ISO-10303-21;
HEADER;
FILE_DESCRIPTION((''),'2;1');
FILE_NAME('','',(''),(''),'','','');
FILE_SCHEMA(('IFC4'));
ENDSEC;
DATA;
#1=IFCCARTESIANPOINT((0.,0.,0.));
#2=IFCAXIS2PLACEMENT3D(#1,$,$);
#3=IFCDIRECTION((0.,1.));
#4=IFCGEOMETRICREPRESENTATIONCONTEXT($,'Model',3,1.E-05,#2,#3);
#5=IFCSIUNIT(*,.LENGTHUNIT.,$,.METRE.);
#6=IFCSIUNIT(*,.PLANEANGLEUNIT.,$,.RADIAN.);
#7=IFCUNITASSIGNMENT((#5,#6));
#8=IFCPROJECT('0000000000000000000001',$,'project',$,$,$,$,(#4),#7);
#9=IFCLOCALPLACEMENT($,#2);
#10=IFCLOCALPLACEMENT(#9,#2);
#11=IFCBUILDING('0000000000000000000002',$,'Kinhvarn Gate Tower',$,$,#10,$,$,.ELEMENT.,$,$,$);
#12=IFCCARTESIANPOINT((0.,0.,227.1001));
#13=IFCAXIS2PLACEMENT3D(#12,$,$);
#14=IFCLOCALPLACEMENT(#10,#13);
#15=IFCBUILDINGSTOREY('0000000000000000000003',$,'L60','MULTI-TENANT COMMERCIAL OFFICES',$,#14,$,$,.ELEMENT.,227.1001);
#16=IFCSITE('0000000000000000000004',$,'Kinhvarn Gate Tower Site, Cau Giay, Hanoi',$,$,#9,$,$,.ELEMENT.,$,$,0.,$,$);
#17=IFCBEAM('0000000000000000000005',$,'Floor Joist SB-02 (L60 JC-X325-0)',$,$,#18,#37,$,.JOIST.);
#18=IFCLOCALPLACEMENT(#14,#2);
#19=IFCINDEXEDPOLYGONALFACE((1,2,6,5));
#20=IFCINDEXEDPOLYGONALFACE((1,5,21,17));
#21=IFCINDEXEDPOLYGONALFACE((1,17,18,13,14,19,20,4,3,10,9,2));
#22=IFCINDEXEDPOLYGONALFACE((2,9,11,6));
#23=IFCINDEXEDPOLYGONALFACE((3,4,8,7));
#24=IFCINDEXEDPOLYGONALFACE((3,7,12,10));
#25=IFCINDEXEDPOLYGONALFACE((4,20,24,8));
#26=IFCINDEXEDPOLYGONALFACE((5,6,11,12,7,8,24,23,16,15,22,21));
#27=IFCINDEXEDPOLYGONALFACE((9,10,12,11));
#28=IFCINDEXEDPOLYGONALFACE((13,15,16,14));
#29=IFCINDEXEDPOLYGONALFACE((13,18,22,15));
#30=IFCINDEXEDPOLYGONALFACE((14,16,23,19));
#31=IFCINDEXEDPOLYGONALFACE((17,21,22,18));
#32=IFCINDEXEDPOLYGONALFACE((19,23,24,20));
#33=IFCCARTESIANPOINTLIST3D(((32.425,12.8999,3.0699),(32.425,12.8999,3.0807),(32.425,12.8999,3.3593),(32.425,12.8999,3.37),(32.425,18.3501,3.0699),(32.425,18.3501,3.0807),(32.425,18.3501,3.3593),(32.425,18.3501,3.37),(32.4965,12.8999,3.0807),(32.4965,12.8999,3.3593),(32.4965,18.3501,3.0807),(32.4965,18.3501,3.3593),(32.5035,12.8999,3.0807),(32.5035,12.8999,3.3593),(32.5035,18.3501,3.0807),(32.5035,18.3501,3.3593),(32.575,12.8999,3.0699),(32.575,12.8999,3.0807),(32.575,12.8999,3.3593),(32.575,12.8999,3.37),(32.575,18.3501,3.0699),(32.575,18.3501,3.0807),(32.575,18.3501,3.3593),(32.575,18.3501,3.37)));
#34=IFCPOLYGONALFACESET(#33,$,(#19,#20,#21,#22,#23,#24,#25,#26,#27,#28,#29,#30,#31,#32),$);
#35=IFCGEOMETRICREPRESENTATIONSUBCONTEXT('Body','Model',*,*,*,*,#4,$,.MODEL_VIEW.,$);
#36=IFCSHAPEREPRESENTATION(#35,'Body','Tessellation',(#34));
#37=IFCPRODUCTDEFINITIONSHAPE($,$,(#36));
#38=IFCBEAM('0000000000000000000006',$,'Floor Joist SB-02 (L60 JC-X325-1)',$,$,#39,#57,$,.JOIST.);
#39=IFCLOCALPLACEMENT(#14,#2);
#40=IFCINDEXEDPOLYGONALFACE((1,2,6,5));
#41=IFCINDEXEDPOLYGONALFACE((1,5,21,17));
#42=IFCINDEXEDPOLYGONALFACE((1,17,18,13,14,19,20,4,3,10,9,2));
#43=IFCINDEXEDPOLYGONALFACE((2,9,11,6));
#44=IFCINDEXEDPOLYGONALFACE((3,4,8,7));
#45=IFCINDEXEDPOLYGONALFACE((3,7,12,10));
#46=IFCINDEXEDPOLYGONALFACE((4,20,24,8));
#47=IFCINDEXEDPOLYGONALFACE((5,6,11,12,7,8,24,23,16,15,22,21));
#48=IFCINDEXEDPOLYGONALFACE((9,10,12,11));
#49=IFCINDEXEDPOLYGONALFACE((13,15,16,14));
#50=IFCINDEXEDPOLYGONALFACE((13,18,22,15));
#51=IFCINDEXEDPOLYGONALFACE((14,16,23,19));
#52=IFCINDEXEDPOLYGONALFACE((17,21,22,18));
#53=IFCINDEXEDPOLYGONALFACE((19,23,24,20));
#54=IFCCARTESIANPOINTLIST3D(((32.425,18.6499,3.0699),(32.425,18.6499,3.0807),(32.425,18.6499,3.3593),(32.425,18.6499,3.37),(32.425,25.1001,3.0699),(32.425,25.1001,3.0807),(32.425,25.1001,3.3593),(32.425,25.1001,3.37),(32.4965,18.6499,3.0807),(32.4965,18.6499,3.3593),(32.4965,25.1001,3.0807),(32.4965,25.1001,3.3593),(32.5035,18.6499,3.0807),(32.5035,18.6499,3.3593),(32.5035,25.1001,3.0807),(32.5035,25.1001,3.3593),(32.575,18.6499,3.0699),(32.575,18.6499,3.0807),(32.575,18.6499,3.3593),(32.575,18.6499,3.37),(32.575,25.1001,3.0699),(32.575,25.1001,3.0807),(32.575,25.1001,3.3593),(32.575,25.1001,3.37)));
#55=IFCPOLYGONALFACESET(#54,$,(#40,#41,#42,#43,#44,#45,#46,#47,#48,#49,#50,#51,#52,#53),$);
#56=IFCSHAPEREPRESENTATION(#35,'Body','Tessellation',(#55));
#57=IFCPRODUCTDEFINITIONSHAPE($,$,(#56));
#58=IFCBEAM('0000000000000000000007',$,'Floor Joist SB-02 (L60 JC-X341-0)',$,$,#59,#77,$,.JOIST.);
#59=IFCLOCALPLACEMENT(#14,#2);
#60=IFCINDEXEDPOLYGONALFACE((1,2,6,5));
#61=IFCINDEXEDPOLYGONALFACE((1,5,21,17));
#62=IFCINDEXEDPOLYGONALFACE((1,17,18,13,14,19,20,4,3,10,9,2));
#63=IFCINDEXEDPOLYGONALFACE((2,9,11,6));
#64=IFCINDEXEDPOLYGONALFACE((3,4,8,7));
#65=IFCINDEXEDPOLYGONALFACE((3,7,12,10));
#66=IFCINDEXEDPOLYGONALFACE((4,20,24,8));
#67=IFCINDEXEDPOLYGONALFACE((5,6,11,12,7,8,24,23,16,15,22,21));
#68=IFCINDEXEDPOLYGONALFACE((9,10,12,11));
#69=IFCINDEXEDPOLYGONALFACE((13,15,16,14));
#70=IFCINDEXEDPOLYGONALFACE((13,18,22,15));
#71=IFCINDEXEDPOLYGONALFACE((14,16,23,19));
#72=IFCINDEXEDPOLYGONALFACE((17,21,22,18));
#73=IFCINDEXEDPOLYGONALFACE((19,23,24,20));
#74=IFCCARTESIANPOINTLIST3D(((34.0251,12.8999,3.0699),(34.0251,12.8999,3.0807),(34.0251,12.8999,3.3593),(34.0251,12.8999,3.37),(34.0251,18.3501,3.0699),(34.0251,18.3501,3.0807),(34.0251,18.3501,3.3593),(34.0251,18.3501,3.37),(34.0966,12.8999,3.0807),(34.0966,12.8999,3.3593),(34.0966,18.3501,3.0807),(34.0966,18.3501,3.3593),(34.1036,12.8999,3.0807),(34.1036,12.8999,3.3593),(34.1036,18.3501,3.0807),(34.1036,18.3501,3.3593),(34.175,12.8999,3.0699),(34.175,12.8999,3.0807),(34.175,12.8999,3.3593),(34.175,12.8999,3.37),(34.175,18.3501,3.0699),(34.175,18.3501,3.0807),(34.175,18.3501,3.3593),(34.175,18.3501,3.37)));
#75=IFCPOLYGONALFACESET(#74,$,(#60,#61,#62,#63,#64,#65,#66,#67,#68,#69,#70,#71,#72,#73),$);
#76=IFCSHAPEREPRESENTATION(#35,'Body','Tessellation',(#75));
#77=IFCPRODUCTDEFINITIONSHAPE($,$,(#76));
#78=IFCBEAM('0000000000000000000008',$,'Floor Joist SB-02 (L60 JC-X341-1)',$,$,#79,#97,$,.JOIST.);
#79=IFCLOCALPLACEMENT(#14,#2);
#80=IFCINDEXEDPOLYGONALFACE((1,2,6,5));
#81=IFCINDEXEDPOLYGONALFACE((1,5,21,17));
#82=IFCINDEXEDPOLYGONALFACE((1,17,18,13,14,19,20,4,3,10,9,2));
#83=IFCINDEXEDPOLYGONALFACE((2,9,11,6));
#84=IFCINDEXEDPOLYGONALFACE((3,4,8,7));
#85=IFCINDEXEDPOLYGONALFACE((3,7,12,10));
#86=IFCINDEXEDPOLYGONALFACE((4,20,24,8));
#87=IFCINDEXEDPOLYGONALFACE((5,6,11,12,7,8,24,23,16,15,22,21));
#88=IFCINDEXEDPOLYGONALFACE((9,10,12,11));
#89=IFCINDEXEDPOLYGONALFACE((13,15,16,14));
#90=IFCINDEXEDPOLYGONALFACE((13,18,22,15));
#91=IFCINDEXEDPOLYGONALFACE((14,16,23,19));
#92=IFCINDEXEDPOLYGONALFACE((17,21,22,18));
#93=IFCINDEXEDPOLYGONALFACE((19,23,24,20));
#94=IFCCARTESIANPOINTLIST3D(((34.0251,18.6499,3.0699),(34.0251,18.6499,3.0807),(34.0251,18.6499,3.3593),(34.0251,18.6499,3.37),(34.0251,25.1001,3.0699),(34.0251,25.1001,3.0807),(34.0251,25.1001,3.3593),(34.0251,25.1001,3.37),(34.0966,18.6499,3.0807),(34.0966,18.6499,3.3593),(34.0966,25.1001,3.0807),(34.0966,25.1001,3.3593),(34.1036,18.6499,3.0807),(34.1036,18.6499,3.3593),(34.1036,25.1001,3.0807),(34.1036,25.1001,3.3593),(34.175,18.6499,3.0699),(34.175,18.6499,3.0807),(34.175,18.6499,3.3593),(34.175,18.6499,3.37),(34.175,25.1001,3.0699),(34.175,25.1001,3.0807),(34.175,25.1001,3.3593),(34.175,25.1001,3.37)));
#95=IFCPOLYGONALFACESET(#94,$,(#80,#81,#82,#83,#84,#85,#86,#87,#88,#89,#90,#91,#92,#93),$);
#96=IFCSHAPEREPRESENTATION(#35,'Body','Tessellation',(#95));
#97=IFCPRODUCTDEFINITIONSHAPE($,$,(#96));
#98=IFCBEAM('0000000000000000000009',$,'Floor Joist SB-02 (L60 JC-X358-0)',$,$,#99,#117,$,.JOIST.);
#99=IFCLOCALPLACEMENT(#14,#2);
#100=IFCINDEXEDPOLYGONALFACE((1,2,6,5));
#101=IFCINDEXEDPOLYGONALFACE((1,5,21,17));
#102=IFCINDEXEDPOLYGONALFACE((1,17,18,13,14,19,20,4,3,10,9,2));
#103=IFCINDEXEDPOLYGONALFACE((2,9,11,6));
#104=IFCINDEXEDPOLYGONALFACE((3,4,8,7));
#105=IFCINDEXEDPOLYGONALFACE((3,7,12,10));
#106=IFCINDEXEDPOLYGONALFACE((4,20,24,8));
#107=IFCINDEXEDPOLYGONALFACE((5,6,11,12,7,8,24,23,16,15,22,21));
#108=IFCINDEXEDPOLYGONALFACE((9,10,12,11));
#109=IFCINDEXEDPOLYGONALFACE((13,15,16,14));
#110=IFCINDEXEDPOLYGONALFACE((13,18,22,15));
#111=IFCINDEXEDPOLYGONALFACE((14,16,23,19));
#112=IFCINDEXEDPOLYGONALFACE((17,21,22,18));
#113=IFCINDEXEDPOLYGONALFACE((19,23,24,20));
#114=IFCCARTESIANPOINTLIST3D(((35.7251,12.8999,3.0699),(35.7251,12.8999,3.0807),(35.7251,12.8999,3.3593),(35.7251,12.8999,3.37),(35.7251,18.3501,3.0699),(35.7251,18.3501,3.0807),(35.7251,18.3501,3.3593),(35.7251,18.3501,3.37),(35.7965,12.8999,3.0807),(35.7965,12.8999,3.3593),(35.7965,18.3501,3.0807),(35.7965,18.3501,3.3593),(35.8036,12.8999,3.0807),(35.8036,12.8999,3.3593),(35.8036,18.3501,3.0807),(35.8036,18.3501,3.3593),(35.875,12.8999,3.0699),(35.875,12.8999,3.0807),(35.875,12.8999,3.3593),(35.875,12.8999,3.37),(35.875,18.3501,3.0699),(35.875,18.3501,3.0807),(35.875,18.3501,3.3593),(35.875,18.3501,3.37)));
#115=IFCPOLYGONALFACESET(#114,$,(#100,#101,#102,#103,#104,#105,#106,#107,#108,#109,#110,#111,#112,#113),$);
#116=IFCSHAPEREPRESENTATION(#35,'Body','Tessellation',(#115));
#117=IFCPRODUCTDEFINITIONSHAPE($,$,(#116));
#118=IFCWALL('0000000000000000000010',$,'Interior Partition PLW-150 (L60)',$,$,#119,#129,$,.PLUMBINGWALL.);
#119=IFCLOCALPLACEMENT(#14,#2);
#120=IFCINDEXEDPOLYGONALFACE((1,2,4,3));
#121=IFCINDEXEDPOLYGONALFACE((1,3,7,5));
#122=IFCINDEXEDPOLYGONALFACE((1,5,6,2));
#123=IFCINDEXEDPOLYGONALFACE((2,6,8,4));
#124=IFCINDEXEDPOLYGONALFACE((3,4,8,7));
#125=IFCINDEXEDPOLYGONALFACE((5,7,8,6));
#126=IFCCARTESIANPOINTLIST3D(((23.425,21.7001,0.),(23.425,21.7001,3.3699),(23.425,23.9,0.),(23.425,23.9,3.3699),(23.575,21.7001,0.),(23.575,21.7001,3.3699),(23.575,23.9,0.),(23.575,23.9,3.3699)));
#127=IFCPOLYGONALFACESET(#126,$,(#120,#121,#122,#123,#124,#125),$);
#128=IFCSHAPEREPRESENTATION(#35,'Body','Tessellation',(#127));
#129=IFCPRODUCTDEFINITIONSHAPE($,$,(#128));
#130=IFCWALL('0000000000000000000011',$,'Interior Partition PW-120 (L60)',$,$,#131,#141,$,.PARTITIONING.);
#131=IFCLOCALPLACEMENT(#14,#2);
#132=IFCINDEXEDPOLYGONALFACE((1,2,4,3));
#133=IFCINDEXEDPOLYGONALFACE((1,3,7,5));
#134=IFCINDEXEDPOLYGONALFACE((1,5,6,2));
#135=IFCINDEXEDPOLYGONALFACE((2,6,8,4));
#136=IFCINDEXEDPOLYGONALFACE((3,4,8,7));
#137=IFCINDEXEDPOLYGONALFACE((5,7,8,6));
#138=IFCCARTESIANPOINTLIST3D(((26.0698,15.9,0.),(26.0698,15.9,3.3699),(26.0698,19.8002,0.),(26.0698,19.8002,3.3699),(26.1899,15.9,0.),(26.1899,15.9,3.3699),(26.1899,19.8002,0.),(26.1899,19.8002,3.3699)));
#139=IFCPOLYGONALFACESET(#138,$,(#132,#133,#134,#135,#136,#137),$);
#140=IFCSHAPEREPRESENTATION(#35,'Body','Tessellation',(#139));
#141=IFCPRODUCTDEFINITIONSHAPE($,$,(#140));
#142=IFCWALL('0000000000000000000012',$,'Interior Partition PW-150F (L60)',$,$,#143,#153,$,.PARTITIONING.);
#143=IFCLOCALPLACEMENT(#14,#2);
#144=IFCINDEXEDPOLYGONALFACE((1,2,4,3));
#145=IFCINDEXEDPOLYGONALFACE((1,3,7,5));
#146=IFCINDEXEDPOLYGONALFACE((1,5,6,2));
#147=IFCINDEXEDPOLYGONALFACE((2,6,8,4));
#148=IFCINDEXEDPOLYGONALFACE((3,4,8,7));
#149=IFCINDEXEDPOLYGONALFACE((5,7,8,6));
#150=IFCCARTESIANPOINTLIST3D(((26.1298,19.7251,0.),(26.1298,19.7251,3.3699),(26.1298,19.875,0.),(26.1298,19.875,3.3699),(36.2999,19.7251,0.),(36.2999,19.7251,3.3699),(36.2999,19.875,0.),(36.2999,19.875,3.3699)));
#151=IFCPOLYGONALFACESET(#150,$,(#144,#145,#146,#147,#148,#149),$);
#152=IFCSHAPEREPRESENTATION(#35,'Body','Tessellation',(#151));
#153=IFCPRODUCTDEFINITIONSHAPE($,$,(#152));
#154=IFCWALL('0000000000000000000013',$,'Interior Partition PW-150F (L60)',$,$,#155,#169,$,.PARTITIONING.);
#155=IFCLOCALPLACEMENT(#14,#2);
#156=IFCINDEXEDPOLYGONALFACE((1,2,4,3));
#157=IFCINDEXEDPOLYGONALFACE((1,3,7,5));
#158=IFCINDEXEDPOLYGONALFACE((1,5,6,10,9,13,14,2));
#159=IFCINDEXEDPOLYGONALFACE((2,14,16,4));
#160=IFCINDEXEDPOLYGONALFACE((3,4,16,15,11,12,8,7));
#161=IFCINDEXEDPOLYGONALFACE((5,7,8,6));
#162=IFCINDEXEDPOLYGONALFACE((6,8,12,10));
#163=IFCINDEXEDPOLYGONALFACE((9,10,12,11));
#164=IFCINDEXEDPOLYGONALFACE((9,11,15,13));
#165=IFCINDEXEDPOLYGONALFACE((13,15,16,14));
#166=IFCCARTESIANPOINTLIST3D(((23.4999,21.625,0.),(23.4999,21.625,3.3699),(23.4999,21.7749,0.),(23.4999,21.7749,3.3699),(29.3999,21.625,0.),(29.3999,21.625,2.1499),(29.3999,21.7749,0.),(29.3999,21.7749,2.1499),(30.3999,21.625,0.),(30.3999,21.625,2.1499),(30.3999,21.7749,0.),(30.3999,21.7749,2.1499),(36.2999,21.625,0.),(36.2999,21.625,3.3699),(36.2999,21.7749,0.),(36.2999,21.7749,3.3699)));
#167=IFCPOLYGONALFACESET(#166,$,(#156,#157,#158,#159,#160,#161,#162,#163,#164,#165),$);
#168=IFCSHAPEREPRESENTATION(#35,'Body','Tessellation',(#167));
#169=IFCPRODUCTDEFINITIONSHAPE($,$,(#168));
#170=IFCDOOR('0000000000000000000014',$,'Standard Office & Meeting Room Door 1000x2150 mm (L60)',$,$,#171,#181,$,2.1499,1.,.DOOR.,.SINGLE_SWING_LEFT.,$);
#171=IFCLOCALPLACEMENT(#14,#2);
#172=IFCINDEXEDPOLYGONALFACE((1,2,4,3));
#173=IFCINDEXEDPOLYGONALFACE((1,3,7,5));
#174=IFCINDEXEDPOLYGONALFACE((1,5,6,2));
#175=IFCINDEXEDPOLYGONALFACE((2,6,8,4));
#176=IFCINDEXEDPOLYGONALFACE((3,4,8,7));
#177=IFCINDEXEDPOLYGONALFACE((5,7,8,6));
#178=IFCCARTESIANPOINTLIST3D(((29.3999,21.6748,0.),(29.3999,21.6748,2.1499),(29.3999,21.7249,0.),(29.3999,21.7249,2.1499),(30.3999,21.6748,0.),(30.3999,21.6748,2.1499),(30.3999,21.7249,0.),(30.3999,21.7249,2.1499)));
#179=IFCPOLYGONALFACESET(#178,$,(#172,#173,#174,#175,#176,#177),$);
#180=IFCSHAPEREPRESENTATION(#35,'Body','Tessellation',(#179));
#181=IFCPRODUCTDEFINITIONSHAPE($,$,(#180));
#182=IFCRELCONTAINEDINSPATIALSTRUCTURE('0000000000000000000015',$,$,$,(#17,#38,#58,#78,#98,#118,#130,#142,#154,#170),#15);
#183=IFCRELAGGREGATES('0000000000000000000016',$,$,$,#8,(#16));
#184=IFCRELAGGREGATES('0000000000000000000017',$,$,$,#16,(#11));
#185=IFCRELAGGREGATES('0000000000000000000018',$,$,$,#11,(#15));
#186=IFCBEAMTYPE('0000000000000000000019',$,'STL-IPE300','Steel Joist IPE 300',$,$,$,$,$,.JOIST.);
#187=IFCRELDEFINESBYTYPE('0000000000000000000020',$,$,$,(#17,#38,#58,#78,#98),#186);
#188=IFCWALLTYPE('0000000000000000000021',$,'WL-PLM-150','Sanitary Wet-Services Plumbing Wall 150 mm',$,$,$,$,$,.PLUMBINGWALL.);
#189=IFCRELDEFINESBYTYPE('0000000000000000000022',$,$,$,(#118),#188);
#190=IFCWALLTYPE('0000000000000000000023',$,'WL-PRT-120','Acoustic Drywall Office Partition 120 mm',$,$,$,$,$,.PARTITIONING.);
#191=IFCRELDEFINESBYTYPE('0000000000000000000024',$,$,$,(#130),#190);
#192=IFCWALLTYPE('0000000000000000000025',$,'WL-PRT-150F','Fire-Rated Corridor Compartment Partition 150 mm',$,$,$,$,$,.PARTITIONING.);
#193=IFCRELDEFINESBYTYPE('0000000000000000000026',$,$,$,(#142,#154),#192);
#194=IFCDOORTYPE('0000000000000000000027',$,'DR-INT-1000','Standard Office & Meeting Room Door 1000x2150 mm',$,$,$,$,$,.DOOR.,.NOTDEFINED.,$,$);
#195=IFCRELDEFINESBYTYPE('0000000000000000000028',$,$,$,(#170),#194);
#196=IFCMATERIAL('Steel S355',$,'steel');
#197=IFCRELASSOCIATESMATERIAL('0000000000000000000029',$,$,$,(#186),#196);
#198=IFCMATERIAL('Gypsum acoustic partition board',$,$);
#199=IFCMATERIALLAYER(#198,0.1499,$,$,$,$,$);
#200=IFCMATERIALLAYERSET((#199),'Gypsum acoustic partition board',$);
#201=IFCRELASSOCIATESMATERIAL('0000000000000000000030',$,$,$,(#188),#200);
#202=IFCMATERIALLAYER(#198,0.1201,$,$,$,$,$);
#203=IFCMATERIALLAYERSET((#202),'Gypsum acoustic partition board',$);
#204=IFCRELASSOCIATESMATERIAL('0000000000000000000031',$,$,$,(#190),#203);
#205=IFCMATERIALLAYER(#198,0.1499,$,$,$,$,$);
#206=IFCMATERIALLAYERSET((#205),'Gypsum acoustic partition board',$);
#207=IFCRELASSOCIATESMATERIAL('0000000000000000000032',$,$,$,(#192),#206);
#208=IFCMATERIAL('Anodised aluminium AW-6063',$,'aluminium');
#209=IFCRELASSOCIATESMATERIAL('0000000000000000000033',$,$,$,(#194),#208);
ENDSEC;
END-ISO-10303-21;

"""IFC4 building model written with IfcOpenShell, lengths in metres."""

from ifc_helpers import new_model, si_unit, direction, frame, frame_2d, origin, origin_2d, place, context, subcontext, project, spatial, rectangle, i_section, extrude, material, layer, layer_set, material_profile, profile_set, type_object, element, fill, save


model = new_model("IFC4")

# Units and contexts
model_context = context("Model", 3, precision=1e-05, world=origin(), true_north=direction((0.0, 1.0)))
body_context = subcontext(model_context, "Body", "Model", "MODEL_VIEW")
ifc_project = project(units=[si_unit("LENGTHUNIT", "METRE"), si_unit("PLANEANGLEUNIT", "RADIAN")], contexts=[model_context])

# Site, building, storey
site_placement = place(None, origin())
site = spatial("IfcSite", under=ifc_project, at=site_placement, Name="Kinhvarn Gate Tower Site, Cau Giay, Hanoi", CompositionType="ELEMENT", RefElevation=0.0)
building_placement = place(site_placement, origin())
building = spatial("IfcBuilding", under=site, at=building_placement, Name="Kinhvarn Gate Tower", CompositionType="ELEMENT")
storey_placement = place(building_placement, frame((0.0, 0.0, 227.1001)))
storey = spatial("IfcBuildingStorey", under=building, at=storey_placement, Name="L60", Description="MULTI-TENANT COMMERCIAL OFFICES", CompositionType="ELEMENT", Elevation=227.1001)

# Beams
ifc_material_1 = material(Name="Steel S355", Category="steel")
ifc_material_profile = material_profile(ifc_material_1, i_section(OverallWidth=0.1499, OverallDepth=0.3, WebThickness=0.0071, FlangeThickness=0.0107, at=origin_2d()), Name="IPE 300")
ifc_profile_set = profile_set([ifc_material_profile], Name="Steel S355")
beam_type = type_object("IfcBeamType", Name="STL-IPE300", Description="Steel Joist IPE 300", PredefinedType="JOIST", material=ifc_profile_set)
beam_1_placement = place(storey_placement, frame((32.5, 12.8999, 3.22), z_axis=(0.0, 1.0, 0.0), x_axis=(-1.0, 0.0, 0.0)))
element("IfcBeam", 1, at=beam_1_placement, inside=storey, type_object=beam_type, Name="Floor Joist SB-02 (L60 JC-X325-0)", PredefinedType="JOIST", context=body_context, shape_type="SweptSolid", body=[
    extrude(i_section(OverallWidth=0.1499, OverallDepth=0.3, WebThickness=0.0071, FlangeThickness=0.0107, at=origin_2d()), origin(), (0.0, 0.0, 1.0), 5.4502),
])
beam_2_placement = place(storey_placement, frame((32.5, 18.6499, 3.22), z_axis=(0.0, 1.0, 0.0), x_axis=(-1.0, 0.0, 0.0)))
element("IfcBeam", 2, at=beam_2_placement, inside=storey, type_object=beam_type, Name="Floor Joist SB-02 (L60 JC-X325-1)", PredefinedType="JOIST", context=body_context, shape_type="SweptSolid", body=[
    extrude(i_section(OverallWidth=0.1499, OverallDepth=0.3, WebThickness=0.0071, FlangeThickness=0.0107, at=origin_2d()), origin(), (0.0, 0.0, 1.0), 6.4502),
])
beam_3_placement = place(storey_placement, frame((34.1001, 12.8999, 3.22), z_axis=(0.0, 1.0, 0.0), x_axis=(-1.0, 0.0, 0.0)))
element("IfcBeam", 3, at=beam_3_placement, inside=storey, type_object=beam_type, Name="Floor Joist SB-02 (L60 JC-X341-0)", PredefinedType="JOIST", context=body_context, shape_type="SweptSolid", body=[
    extrude(i_section(OverallWidth=0.1499, OverallDepth=0.3, WebThickness=0.0071, FlangeThickness=0.0107, at=origin_2d()), origin(), (0.0, 0.0, 1.0), 5.4502),
])
beam_4_placement = place(storey_placement, frame((34.1001, 18.6499, 3.22), z_axis=(0.0, 1.0, 0.0), x_axis=(-1.0, 0.0, 0.0)))
element("IfcBeam", 4, at=beam_4_placement, inside=storey, type_object=beam_type, Name="Floor Joist SB-02 (L60 JC-X341-1)", PredefinedType="JOIST", context=body_context, shape_type="SweptSolid", body=[
    extrude(i_section(OverallWidth=0.1499, OverallDepth=0.3, WebThickness=0.0071, FlangeThickness=0.0107, at=origin_2d()), origin(), (0.0, 0.0, 1.0), 6.4502),
])
beam_5_placement = place(storey_placement, frame((35.8, 12.8999, 3.22), z_axis=(0.0, 1.0, 0.0), x_axis=(-1.0, 0.0, 0.0)))
element("IfcBeam", 5, at=beam_5_placement, inside=storey, type_object=beam_type, Name="Floor Joist SB-02 (L60 JC-X358-0)", PredefinedType="JOIST", context=body_context, shape_type="SweptSolid", body=[
    extrude(i_section(OverallWidth=0.1499, OverallDepth=0.3, WebThickness=0.0071, FlangeThickness=0.0107, at=origin_2d()), origin(), (0.0, 0.0, 1.0), 5.4502),
])

# Walls
ifc_material_2 = material(Name="Gypsum acoustic partition board")
ifc_layer_1 = layer(ifc_material_2, 0.1499)
ifc_layer_set_1 = layer_set([ifc_layer_1], Name="Gypsum acoustic partition board")
wall_type_1 = type_object("IfcWallType", Name="WL-PLM-150", Description="Sanitary Wet-Services Plumbing Wall 150 mm", PredefinedType="PLUMBINGWALL", material=ifc_layer_set_1)
wall_1_placement = place(storey_placement, frame((23.5, 21.7, 0.0), z_axis=(0.0, 0.0, 1.0), x_axis=(0.0, 1.0, 0.0)))
element("IfcWall", 6, at=wall_1_placement, inside=storey, type_object=wall_type_1, Name="Interior Partition PLW-150 (L60)", PredefinedType="PLUMBINGWALL", context=body_context, shape_type="SweptSolid", body=[
    extrude(rectangle(XDim=2.2, YDim=0.1499, at=frame_2d((1.1001, 0.0))), origin(), (0.0, 0.0, 1.0), 3.3699),
])
ifc_layer_2 = layer(ifc_material_2, 0.1201)
ifc_layer_set_2 = layer_set([ifc_layer_2], Name="Gypsum acoustic partition board")
wall_type_2 = type_object("IfcWallType", Name="WL-PRT-120", Description="Acoustic Drywall Office Partition 120 mm", PredefinedType="PARTITIONING", material=ifc_layer_set_2)
wall_2_placement = place(storey_placement, frame((26.1299, 15.8999, 0.0), z_axis=(0.0, 0.0, 1.0), x_axis=(0.0, 1.0, 0.0)))
element("IfcWall", 7, at=wall_2_placement, inside=storey, type_object=wall_type_2, Name="Interior Partition PW-120 (L60)", PredefinedType="PARTITIONING", context=body_context, shape_type="SweptSolid", body=[
    extrude(rectangle(XDim=3.9001, YDim=0.1201, at=frame_2d((1.9502, 0.0))), origin(), (0.0, 0.0, 1.0), 3.3699),
])
ifc_layer_3 = layer(ifc_material_2, 0.1499)
ifc_layer_set_3 = layer_set([ifc_layer_3], Name="Gypsum acoustic partition board")
wall_type_3 = type_object("IfcWallType", Name="WL-PRT-150F", Description="Fire-Rated Corridor Compartment Partition 150 mm", PredefinedType="PARTITIONING", material=ifc_layer_set_3)
wall_3_placement = place(storey_placement, frame((26.1299, 19.8, 0.0), z_axis=(0.0, 0.0, 1.0), x_axis=(1.0, 0.0, 0.0)))
element("IfcWall", 8, at=wall_3_placement, inside=storey, type_object=wall_type_3, Name="Interior Partition PW-150F (L60)", PredefinedType="PARTITIONING", context=body_context, shape_type="SweptSolid", body=[
    extrude(rectangle(XDim=10.1702, YDim=0.1499, at=frame_2d((5.085, 0.0))), origin(), (0.0, 0.0, 1.0), 3.3699),
])

# Wall, opening, door
wall_4_placement = place(storey_placement, frame((23.5, 21.7, 0.0), z_axis=(0.0, 0.0, 1.0), x_axis=(1.0, 0.0, 0.0)))
wall_4 = element("IfcWall", 9, at=wall_4_placement, inside=storey, type_object=wall_type_3, Name="Interior Partition PW-150F (L60)", PredefinedType="PARTITIONING", context=body_context, shape_type="SweptSolid", body=[
    extrude(rectangle(XDim=12.8, YDim=0.1499, at=frame_2d((6.3999, 0.0))), origin(), (0.0, 0.0, 1.0), 3.3699),
])
opening_1_placement = place(wall_4_placement, frame((5.8999, 0.0, 0.0)))
opening_1 = element("IfcOpeningElement", 10, at=opening_1_placement, cuts=wall_4, PredefinedType="OPENING", context=body_context, shape_type="SweptSolid", body=[
    extrude(rectangle(XDim=1.0, YDim=2.1499, at=frame_2d((0.5, 1.075))), frame((0.0, 0.085, 0.0), z_axis=(0.0, -1.0, 0.0), x_axis=(1.0, 0.0, 0.0)), (0.0, 0.0, 1.0), 0.1699),
])
ifc_material_3 = material(Name="Anodised aluminium AW-6063", Category="aluminium")
door_type_1 = type_object("IfcDoorType", Name="DR-INT-1000", Description="Standard Office & Meeting Room Door 1000x2150 mm", OperationType="NOTDEFINED", PredefinedType="DOOR", material=ifc_material_3)
door_1_placement = place(opening_1_placement, origin())
door_1 = element("IfcDoor", 11, at=door_1_placement, inside=storey, type_object=door_type_1, Name="Standard Office & Meeting Room Door 1000x2150 mm (L60)", OperationType="SINGLE_SWING_LEFT", OverallHeight=2.1499, OverallWidth=1.0, PredefinedType="DOOR", context=body_context, shape_type="SweptSolid", body=[
    extrude(rectangle(XDim=1.0, YDim=2.1499, at=frame_2d((0.5, 1.075))), frame((0.0, 0.0249, 0.0), z_axis=(0.0, -1.0, 0.0), x_axis=(1.0, 0.0, 0.0)), (0.0, 0.0, 1.0), 0.05),
])
fill(opening_1, door_1)

save(model, "model.ifc")
